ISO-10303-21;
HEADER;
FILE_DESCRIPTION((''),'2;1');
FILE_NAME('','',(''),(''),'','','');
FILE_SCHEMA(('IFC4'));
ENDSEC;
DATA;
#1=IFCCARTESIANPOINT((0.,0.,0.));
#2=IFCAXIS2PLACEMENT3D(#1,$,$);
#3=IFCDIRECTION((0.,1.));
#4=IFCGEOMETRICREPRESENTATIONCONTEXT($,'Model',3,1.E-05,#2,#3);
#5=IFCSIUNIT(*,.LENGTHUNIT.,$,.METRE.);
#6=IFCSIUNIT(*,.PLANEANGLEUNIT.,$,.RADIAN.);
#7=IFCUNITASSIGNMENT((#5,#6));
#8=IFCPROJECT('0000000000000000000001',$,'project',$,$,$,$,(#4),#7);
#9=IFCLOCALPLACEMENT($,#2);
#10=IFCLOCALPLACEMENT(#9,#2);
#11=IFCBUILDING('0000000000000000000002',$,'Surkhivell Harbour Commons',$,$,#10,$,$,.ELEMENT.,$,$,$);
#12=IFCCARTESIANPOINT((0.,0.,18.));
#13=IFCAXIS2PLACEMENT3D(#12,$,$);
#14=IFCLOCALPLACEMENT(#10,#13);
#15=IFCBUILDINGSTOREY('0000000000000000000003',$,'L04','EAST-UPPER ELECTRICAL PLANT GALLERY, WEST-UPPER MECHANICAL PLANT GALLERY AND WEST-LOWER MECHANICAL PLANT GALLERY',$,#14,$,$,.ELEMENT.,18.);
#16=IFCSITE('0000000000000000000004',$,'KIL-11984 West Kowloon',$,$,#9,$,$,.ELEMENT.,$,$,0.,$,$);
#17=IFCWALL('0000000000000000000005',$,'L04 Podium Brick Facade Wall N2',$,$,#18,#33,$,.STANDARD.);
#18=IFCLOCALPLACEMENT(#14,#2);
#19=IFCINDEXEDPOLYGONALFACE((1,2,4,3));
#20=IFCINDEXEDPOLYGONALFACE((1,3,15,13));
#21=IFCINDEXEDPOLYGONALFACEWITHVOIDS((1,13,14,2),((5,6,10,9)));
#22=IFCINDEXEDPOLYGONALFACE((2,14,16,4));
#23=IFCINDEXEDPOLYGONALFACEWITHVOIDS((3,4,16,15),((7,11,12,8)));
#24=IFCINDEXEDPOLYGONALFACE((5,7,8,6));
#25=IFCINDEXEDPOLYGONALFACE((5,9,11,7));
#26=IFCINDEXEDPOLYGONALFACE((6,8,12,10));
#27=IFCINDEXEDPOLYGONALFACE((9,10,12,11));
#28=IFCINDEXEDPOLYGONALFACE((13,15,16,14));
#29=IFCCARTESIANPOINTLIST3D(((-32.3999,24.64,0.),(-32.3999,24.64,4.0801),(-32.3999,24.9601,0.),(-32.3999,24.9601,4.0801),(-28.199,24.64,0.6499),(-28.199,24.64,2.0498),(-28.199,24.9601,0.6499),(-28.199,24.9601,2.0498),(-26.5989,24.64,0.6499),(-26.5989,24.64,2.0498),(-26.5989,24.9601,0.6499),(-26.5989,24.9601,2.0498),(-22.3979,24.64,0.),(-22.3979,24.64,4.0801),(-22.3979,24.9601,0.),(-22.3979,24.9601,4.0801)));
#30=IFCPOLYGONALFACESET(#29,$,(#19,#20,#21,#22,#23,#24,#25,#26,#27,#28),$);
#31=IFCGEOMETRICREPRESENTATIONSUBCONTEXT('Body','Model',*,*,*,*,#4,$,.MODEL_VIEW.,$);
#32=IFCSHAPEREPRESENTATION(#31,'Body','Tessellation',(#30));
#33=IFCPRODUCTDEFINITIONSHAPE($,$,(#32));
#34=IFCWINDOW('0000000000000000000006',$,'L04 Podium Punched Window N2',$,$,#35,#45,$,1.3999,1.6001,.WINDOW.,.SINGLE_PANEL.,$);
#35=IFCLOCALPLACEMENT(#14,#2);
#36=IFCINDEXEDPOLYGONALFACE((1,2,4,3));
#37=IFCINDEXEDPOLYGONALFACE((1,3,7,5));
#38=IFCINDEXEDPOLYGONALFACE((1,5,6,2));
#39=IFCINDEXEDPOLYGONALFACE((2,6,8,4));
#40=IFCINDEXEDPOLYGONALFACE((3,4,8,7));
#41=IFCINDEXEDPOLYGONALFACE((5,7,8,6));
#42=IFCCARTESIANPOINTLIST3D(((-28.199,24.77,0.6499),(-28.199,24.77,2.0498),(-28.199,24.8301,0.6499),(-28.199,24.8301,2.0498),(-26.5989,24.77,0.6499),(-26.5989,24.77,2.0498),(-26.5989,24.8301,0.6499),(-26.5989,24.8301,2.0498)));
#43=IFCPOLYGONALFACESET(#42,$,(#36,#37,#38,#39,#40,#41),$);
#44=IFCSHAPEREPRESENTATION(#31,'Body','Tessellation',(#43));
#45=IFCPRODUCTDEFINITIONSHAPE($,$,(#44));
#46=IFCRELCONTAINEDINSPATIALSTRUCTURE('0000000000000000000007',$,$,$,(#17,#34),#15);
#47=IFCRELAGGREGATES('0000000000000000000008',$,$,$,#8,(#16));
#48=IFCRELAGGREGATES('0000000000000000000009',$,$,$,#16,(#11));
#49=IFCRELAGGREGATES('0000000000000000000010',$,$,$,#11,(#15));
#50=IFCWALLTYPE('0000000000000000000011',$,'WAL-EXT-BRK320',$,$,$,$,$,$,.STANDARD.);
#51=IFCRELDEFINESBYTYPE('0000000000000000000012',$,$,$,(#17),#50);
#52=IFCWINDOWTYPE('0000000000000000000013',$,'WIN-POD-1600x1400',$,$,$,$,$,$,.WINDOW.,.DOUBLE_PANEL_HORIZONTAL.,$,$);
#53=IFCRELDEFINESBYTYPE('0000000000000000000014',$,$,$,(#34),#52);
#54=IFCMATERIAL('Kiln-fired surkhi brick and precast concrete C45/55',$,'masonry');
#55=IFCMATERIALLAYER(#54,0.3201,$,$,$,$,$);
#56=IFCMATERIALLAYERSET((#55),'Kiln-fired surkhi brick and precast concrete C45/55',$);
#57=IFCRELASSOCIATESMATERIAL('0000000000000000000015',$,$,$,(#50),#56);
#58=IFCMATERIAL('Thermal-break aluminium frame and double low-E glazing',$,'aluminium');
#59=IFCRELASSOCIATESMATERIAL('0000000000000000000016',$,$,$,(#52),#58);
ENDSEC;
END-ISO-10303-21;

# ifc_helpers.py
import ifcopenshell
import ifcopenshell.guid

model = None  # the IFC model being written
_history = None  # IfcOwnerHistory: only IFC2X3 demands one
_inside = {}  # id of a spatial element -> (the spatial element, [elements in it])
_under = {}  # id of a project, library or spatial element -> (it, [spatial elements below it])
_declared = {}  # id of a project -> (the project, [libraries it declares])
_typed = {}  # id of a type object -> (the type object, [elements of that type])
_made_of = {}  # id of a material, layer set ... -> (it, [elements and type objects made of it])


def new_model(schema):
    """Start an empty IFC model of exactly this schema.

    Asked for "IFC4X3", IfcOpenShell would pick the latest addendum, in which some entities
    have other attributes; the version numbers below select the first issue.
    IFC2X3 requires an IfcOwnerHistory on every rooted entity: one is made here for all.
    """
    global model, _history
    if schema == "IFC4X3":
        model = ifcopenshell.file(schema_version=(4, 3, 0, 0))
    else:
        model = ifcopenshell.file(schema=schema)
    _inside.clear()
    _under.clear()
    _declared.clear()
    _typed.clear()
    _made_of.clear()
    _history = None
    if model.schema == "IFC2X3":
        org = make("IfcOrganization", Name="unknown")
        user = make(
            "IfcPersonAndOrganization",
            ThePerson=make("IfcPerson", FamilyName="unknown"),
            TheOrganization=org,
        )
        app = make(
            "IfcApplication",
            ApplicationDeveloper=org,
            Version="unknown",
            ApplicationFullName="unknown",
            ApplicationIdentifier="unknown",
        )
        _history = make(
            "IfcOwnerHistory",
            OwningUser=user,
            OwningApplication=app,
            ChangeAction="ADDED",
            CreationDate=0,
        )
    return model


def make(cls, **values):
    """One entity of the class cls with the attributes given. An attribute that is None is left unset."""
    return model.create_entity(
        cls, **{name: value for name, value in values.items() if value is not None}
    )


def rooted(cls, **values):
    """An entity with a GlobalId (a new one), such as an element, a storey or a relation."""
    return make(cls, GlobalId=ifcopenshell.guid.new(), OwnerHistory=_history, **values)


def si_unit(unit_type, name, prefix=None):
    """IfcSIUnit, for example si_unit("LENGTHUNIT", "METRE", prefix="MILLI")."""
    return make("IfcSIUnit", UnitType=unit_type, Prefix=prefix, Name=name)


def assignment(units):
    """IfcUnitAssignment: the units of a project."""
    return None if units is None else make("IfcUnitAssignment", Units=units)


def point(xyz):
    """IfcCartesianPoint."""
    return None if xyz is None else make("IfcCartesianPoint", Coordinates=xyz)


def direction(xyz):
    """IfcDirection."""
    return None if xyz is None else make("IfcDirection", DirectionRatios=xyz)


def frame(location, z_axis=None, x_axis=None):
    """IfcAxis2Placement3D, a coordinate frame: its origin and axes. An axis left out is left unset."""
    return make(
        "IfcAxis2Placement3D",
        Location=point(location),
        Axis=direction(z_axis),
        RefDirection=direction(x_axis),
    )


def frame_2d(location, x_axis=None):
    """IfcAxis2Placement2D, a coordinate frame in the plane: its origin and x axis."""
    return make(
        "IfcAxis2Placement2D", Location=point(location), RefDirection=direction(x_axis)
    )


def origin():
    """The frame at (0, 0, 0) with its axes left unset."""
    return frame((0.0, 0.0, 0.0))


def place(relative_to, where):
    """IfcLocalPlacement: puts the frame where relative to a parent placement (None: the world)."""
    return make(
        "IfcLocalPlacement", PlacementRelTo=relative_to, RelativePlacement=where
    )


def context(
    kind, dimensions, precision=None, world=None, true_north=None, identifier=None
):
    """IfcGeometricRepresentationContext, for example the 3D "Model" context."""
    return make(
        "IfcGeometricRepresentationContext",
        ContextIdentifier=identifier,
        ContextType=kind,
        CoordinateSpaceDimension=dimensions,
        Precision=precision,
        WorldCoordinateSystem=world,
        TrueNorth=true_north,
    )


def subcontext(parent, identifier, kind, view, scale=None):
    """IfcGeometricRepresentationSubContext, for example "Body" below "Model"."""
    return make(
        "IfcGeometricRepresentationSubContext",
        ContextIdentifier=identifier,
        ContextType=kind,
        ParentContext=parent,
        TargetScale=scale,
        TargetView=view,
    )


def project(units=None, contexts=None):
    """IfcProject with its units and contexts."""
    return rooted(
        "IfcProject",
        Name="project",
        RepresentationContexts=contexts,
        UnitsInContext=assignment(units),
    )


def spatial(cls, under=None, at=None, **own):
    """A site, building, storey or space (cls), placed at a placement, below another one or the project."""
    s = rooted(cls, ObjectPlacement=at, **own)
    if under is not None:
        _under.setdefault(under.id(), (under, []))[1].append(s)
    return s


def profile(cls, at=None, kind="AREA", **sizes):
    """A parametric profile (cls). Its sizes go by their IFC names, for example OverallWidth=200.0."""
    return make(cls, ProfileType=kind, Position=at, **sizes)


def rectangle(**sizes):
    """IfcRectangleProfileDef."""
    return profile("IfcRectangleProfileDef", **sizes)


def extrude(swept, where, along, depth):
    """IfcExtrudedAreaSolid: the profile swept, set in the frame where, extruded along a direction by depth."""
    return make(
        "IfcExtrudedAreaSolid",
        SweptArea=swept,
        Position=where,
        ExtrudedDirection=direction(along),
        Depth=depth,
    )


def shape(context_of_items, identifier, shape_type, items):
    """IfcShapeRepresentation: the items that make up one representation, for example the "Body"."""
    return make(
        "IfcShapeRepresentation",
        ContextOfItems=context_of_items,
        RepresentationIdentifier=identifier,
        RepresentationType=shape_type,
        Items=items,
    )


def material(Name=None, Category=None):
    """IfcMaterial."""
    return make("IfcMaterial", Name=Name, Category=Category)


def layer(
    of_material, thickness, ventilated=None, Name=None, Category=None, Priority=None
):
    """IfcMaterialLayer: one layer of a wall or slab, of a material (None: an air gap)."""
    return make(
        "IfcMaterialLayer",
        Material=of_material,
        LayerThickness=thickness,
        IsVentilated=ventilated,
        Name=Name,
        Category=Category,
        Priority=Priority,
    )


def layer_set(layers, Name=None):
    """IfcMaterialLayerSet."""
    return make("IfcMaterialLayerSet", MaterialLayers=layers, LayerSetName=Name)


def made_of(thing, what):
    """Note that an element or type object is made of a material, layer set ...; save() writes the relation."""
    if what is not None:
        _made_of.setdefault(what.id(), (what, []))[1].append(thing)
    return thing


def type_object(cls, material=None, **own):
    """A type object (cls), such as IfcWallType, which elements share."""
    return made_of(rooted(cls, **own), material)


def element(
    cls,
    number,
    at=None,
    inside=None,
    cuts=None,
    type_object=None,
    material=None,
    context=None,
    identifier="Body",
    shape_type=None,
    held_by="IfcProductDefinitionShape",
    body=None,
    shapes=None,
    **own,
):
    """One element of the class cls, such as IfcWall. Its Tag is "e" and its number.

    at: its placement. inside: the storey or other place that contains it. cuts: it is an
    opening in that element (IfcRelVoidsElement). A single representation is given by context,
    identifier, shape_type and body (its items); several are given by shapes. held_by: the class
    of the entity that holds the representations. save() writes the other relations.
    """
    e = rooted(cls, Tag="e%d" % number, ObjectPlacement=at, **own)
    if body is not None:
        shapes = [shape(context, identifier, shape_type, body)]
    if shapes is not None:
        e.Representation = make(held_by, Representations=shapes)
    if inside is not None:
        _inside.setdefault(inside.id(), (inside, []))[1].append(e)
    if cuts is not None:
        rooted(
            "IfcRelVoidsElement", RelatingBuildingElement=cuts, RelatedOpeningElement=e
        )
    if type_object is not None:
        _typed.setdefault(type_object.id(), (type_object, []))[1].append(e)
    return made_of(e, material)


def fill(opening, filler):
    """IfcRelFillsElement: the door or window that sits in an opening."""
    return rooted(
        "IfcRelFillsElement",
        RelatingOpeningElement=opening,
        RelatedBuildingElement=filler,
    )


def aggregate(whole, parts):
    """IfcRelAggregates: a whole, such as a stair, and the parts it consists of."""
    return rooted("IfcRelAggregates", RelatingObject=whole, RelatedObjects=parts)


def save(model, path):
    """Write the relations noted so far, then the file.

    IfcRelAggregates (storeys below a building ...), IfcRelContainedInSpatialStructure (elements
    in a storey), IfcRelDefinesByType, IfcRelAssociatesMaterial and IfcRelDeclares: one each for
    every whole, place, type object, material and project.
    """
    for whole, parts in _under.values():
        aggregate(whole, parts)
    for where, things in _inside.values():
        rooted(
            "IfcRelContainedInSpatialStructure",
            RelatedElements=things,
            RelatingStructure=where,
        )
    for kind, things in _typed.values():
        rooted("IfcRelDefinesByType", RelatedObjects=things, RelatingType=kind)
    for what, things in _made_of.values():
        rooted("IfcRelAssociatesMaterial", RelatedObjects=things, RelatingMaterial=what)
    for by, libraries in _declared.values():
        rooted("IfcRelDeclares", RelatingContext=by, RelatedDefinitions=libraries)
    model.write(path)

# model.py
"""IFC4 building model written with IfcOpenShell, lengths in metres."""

from ifc_helpers import new_model, si_unit, direction, frame, frame_2d, origin, place, context, subcontext, project, spatial, rectangle, extrude, material, layer, layer_set, type_object, element, fill, save


model = new_model("IFC4")

# Units and contexts
model_context = context("Model", 3, precision=1e-05, world=origin(), true_north=direction((0.0, 1.0)))
body_context = subcontext(model_context, "Body", "Model", "MODEL_VIEW")
ifc_project = project(units=[si_unit("LENGTHUNIT", "METRE"), si_unit("PLANEANGLEUNIT", "RADIAN")], contexts=[model_context])

# Site, building, storey
site_placement = place(None, origin())
site = spatial("IfcSite", under=ifc_project, at=site_placement, Name="KIL-11984 West Kowloon", CompositionType="ELEMENT", RefElevation=0.0)
building_placement = place(site_placement, origin())
building = spatial("IfcBuilding", under=site, at=building_placement, Name="Surkhivell Harbour Commons", CompositionType="ELEMENT")
storey_placement = place(building_placement, frame((0.0, 0.0, 18.0)))
storey = spatial("IfcBuildingStorey", under=building, at=storey_placement, Name="L04", Description="EAST-UPPER ELECTRICAL PLANT GALLERY, WEST-UPPER MECHANICAL PLANT GALLERY AND WEST-LOWER MECHANICAL PLANT GALLERY", CompositionType="ELEMENT", Elevation=18.0)

# Wall, opening, window
ifc_material_1 = material(Name="Kiln-fired surkhi brick and precast concrete C45/55", Category="masonry")
ifc_layer_1 = layer(ifc_material_1, 0.3201)
ifc_layer_set_1 = layer_set([ifc_layer_1], Name="Kiln-fired surkhi brick and precast concrete C45/55")
wall_type = type_object("IfcWallType", Name="WAL-EXT-BRK320", PredefinedType="STANDARD", material=ifc_layer_set_1)
wall_placement = place(storey_placement, frame((-32.3999, 24.8, 0.0), z_axis=(0.0, 0.0, 1.0), x_axis=(1.0, 0.0, 0.0)))
wall = element("IfcWall", 1, at=wall_placement, inside=storey, type_object=wall_type, Name="L04 Podium Brick Facade Wall N2", PredefinedType="STANDARD", context=body_context, shape_type="SweptSolid", body=[
    extrude(rectangle(XDim=10.002, YDim=0.3201, at=frame_2d((5.001, 0.0))), origin(), (0.0, 0.0, 1.0), 4.0801),
])
opening_placement = place(wall_placement, frame((4.2009, 0.0, 0.6499)))
opening = element("IfcOpeningElement", 2, at=opening_placement, cuts=wall, PredefinedType="OPENING", context=body_context, shape_type="SweptSolid", body=[
    extrude(rectangle(XDim=1.6001, YDim=1.3999, at=frame_2d((0.8, 0.7))), frame((0.0, 0.1699, 0.0), z_axis=(0.0, -1.0, 0.0), x_axis=(1.0, 0.0, 0.0)), (0.0, 0.0, 1.0), 0.3401),
])
ifc_material_2 = material(Name="Thermal-break aluminium frame and double low-E glazing", Category="aluminium")
window_type = type_object("IfcWindowType", Name="WIN-POD-1600x1400", PartitioningType="DOUBLE_PANEL_HORIZONTAL", PredefinedType="WINDOW", material=ifc_material_2)
window_placement = place(opening_placement, origin())
window = element("IfcWindow", 3, at=window_placement, inside=storey, type_object=window_type, Name="L04 Podium Punched Window N2", OverallHeight=1.3999, OverallWidth=1.6001, PartitioningType="SINGLE_PANEL", PredefinedType="WINDOW", context=body_context, shape_type="SweptSolid", body=[
    extrude(rectangle(XDim=1.6001, YDim=1.3999, at=frame_2d((0.8, 0.7))), frame((0.0, 0.03, 0.0), z_axis=(0.0, -1.0, 0.0), x_axis=(1.0, 0.0, 0.0)), (0.0, 0.0, 1.0), 0.0601),
])
fill(opening, window)

save(model, "model.ifc")
